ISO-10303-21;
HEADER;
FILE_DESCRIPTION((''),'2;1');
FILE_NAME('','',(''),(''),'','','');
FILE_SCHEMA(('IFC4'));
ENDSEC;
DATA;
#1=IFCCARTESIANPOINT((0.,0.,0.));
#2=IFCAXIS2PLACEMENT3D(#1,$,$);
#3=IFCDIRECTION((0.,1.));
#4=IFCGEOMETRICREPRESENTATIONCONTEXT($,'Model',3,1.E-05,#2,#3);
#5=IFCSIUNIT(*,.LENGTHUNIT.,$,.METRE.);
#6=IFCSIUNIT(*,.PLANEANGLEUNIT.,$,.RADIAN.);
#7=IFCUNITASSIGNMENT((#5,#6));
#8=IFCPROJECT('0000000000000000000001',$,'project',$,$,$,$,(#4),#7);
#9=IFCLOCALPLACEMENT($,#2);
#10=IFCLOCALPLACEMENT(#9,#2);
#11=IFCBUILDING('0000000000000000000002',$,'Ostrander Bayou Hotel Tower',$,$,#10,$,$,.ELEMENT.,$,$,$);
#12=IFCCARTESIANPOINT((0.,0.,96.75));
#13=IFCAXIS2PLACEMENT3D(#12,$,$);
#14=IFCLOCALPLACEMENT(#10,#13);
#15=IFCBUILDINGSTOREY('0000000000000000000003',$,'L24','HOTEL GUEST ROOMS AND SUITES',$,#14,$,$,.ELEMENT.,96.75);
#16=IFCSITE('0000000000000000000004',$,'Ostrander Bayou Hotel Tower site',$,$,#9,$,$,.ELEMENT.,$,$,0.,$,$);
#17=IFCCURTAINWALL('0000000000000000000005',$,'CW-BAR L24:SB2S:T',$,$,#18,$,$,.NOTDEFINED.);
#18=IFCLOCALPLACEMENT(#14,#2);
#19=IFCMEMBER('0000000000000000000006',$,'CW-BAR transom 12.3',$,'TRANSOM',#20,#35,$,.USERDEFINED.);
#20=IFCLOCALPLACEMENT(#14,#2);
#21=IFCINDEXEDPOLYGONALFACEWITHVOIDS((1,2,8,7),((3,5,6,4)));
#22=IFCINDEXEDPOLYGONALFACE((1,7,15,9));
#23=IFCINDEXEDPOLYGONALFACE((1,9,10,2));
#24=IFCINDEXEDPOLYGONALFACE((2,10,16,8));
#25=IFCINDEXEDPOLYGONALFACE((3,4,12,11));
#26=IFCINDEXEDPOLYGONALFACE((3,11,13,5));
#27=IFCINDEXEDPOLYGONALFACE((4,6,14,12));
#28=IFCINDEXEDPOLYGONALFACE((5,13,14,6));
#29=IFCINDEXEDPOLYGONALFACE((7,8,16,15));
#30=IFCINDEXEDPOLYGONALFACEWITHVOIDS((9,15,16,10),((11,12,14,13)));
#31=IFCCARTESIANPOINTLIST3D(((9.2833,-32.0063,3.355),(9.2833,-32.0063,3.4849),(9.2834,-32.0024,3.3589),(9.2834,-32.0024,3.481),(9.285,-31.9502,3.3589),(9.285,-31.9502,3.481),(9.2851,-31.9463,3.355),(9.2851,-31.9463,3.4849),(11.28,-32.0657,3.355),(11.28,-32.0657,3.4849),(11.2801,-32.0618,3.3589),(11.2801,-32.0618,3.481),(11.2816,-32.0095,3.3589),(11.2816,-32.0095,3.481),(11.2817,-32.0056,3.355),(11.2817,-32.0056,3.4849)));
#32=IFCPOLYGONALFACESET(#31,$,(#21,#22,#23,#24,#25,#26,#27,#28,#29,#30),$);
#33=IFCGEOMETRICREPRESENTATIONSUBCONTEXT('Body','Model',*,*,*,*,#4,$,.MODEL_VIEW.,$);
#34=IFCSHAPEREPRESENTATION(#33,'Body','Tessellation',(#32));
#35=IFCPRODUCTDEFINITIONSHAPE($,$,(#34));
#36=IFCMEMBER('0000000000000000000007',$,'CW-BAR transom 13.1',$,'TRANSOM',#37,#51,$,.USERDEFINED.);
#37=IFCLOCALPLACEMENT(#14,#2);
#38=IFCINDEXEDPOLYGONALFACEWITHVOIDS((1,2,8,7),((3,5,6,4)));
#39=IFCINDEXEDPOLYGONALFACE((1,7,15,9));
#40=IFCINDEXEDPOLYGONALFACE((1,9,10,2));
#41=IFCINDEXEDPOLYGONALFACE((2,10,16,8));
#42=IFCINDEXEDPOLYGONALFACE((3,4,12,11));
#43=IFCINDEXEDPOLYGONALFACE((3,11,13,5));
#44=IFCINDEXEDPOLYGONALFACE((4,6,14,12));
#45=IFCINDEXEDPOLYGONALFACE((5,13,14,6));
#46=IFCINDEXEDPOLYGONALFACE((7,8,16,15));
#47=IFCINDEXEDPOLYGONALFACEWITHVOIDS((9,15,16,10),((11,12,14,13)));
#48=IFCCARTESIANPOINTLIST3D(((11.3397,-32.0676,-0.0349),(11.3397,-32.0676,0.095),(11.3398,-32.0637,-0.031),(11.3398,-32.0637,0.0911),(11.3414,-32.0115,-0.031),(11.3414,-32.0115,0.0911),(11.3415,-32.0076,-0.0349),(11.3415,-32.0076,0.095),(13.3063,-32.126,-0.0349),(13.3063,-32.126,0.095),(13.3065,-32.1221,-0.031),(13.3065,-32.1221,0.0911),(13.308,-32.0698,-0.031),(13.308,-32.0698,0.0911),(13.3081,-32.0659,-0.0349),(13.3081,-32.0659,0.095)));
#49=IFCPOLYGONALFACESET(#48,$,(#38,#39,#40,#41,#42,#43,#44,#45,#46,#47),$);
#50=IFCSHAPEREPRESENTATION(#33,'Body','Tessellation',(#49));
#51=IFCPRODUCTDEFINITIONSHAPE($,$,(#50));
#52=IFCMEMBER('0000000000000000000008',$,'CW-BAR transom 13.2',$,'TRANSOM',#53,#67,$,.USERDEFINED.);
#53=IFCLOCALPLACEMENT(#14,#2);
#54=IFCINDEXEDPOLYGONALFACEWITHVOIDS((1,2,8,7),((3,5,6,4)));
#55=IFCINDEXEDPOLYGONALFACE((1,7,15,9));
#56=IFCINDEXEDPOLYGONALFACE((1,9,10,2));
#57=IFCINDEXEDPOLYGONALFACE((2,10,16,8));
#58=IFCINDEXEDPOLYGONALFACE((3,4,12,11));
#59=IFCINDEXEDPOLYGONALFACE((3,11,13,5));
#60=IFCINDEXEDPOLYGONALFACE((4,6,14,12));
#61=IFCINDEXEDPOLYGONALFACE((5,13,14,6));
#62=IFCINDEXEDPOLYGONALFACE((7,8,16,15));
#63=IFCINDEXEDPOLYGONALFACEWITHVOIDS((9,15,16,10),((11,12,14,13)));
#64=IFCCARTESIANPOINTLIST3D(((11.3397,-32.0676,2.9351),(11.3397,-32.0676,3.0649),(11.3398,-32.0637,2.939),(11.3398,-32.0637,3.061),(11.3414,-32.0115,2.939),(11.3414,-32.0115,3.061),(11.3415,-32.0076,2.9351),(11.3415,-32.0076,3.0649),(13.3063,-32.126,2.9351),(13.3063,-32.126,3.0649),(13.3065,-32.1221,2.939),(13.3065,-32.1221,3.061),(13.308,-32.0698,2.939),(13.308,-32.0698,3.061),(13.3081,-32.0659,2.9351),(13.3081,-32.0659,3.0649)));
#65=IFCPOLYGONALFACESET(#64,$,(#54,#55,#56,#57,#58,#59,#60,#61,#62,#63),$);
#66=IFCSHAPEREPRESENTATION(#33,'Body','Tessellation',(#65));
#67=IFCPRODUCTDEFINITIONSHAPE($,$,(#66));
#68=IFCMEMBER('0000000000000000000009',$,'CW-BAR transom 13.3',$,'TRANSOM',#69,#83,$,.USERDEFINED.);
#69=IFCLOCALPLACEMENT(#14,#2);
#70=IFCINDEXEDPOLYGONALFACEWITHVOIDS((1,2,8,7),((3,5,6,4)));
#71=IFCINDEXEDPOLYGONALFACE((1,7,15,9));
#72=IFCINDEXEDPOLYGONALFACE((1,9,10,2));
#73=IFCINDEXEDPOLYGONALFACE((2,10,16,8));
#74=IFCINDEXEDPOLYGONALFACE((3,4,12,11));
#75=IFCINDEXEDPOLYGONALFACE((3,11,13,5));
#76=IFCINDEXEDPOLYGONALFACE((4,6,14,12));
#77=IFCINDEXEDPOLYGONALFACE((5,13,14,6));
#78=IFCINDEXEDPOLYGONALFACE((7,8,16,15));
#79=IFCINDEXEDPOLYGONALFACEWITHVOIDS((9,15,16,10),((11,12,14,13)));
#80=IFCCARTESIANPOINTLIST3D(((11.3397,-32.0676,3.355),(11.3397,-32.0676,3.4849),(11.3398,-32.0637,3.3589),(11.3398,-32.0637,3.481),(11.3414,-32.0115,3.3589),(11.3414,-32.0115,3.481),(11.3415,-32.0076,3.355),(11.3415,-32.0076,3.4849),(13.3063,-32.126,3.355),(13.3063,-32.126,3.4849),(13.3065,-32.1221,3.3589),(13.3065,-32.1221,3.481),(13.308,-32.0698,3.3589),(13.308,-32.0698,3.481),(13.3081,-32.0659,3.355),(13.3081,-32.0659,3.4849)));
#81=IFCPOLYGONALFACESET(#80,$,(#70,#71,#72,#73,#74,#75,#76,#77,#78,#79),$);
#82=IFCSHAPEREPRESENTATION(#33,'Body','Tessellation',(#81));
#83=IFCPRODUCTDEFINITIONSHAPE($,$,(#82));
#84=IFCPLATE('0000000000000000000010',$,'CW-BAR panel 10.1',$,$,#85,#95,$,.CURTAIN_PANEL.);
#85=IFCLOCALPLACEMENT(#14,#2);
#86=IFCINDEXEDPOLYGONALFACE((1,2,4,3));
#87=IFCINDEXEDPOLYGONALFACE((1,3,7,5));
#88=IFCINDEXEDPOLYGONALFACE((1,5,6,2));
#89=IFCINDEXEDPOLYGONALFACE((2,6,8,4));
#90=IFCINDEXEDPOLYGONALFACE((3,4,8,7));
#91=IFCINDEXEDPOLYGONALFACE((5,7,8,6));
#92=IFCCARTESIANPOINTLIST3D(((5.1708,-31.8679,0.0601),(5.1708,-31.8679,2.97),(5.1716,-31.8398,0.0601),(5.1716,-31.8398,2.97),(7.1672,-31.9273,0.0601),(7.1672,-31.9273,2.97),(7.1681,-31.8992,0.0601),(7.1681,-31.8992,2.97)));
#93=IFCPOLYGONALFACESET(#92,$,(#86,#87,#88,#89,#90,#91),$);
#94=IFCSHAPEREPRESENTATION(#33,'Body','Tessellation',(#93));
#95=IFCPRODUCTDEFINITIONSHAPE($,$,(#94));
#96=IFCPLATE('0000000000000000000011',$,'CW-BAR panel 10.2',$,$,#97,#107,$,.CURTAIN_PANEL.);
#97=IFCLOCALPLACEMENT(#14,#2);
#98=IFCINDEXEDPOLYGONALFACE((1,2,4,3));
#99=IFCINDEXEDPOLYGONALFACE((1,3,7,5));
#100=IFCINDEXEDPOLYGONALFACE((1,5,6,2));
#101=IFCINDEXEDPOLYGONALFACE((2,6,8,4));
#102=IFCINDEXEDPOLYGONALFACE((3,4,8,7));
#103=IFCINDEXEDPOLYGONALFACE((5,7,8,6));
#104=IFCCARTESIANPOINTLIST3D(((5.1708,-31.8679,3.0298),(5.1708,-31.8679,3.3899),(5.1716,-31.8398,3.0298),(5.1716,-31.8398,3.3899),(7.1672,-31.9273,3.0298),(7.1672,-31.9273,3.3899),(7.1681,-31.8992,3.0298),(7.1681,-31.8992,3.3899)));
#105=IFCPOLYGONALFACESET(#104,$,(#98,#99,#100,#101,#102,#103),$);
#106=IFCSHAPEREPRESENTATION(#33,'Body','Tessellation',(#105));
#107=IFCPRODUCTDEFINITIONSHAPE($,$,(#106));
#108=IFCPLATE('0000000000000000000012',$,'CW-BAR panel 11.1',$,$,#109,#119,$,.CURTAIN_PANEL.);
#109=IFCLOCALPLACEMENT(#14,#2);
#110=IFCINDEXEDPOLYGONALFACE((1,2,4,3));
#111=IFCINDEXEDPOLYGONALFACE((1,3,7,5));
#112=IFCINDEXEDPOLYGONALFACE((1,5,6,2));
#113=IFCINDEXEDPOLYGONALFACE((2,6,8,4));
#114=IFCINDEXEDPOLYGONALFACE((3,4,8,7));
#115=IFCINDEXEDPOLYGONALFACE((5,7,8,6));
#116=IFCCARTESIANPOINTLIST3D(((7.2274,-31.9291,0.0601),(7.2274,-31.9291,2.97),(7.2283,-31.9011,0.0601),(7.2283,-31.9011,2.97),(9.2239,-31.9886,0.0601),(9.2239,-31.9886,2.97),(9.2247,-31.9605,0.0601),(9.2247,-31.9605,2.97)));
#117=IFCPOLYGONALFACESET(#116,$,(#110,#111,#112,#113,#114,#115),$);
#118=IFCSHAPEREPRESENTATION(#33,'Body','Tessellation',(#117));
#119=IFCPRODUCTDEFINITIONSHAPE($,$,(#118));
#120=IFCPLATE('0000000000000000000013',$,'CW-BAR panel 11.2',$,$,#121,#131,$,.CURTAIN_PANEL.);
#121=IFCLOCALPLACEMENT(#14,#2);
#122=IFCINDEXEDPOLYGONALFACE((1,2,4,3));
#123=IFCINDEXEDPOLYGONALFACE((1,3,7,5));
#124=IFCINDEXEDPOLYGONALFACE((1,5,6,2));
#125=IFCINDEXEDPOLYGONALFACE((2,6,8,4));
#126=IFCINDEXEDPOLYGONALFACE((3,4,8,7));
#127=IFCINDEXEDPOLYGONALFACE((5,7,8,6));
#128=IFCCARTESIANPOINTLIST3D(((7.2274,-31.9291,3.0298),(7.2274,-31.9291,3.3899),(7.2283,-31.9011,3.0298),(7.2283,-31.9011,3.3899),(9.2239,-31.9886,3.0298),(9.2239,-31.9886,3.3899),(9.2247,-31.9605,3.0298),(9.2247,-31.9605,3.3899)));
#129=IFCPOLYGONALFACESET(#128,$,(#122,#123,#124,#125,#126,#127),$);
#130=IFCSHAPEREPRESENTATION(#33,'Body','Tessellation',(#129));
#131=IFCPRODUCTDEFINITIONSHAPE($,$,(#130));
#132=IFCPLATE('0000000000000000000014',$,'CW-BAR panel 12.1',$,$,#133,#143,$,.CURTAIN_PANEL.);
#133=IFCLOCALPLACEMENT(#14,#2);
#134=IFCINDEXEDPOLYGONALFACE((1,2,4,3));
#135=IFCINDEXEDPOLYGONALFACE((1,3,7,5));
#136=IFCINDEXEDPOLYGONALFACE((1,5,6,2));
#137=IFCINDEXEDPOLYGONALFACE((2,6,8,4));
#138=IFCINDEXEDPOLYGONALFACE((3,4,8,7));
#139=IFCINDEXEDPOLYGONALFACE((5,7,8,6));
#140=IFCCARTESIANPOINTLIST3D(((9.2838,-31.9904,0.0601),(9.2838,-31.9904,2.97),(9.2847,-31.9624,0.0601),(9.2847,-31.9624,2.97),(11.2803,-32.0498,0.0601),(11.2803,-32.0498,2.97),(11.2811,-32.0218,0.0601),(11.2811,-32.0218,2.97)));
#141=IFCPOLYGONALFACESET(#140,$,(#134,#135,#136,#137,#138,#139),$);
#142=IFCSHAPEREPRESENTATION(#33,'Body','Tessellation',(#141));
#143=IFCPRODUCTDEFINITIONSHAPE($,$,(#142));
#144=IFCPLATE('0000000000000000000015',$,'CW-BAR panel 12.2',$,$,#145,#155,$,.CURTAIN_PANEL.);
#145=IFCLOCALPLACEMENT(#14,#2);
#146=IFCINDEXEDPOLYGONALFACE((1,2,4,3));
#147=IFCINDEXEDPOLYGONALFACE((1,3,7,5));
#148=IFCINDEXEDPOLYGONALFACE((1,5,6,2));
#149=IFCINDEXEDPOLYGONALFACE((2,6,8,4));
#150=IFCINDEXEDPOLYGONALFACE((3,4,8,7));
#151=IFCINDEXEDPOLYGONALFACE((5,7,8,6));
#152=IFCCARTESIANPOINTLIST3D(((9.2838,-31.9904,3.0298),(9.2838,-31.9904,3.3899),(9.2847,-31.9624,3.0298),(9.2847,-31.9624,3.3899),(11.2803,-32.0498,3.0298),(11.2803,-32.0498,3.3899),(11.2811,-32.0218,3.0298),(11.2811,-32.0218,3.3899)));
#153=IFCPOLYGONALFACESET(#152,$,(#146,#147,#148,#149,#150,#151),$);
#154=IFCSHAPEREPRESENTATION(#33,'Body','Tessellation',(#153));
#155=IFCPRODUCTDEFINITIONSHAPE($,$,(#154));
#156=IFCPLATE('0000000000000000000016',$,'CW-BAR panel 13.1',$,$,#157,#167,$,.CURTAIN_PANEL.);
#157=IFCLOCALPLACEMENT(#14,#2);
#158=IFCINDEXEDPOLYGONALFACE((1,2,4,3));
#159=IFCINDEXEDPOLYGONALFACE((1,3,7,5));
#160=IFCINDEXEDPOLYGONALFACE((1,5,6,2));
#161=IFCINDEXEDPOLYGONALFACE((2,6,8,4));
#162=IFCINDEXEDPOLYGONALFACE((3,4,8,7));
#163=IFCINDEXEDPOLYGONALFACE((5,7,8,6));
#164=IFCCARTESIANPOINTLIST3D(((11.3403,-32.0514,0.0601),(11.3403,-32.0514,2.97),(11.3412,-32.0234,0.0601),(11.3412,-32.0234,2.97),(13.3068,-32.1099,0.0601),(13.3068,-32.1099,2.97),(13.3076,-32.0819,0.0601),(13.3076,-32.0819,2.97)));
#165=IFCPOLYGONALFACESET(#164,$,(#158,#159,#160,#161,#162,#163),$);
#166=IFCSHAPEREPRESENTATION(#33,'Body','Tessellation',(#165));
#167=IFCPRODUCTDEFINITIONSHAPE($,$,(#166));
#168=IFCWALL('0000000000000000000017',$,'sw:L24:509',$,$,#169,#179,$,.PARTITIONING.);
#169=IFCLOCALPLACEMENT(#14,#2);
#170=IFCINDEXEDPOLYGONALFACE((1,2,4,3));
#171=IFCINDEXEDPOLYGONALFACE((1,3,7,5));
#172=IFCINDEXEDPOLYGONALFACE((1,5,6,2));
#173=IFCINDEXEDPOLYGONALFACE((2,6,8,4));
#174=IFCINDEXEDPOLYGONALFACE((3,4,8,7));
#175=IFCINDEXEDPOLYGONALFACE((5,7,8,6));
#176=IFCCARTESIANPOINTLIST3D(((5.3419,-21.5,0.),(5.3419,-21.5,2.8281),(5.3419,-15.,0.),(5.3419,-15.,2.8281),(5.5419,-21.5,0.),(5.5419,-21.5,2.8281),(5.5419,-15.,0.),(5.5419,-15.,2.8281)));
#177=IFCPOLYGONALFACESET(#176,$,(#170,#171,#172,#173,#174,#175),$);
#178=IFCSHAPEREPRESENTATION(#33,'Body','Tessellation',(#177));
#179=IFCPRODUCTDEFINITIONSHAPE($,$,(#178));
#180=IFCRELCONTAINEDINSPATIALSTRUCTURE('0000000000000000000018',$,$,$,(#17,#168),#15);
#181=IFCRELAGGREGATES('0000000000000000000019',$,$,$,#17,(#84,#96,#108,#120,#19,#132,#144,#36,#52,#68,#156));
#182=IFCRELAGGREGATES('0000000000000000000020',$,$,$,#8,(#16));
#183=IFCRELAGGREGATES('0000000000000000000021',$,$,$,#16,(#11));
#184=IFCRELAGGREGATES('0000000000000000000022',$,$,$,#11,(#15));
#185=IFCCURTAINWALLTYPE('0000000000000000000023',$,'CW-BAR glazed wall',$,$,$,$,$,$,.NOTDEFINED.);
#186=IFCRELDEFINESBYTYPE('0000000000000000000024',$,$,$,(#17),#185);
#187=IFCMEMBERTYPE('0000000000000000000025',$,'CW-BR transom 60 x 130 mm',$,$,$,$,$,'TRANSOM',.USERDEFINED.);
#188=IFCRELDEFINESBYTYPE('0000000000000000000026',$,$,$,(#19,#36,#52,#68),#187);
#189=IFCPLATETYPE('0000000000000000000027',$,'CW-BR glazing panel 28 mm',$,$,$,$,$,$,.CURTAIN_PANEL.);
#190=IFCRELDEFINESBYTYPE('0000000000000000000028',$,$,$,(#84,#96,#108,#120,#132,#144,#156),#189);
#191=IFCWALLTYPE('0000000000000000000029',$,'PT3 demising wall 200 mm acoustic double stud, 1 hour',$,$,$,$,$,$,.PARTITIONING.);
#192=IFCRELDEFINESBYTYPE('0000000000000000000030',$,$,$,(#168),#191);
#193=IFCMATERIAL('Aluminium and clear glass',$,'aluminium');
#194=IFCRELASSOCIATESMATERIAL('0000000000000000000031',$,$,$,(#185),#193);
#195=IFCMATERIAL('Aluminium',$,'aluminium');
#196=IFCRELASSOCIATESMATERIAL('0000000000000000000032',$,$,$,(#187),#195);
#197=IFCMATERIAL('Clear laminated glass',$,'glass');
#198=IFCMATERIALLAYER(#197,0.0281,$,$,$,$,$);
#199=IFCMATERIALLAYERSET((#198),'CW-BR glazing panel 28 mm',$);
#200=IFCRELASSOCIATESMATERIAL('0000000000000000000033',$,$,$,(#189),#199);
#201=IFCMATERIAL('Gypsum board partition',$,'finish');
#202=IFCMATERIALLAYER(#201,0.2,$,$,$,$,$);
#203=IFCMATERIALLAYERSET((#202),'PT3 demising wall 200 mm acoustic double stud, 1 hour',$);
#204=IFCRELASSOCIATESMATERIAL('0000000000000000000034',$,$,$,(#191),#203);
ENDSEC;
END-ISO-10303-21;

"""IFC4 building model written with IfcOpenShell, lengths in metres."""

from ifc_helpers import new_model, si_unit, direction, frame, frame_2d, origin, origin_2d, place, context, subcontext, project, spatial, rectangle, hollow_rectangle, extrude, material, layer, layer_set, material_profile, profile_set, type_object, element, aggregate, save


model = new_model("IFC4")

# Units and contexts
model_context = context("Model", 3, precision=1e-05, world=origin(), true_north=direction((0.0, 1.0)))
body_context = subcontext(model_context, "Body", "Model", "MODEL_VIEW")
ifc_project = project(units=[si_unit("LENGTHUNIT", "METRE"), si_unit("PLANEANGLEUNIT", "RADIAN")], contexts=[model_context])

# Site, building, storey
site_placement = place(None, origin())
site = spatial("IfcSite", under=ifc_project, at=site_placement, Name="Ostrander Bayou Hotel Tower site", CompositionType="ELEMENT", RefElevation=0.0)
building_placement = place(site_placement, origin())
building = spatial("IfcBuilding", under=site, at=building_placement, Name="Ostrander Bayou Hotel Tower", CompositionType="ELEMENT")
storey_placement = place(building_placement, frame((0.0, 0.0, 96.75)))
storey = spatial("IfcBuildingStorey", under=building, at=storey_placement, Name="L24", Description="HOTEL GUEST ROOMS AND SUITES", CompositionType="ELEMENT", Elevation=96.75)

# Curtain wall, members, plates
ifc_material_1 = material(Name="Aluminium and clear glass", Category="aluminium")
curtain_wall_type = type_object("IfcCurtainWallType", Name="CW-BAR glazed wall", PredefinedType="NOTDEFINED", material=ifc_material_1)
curtain_wall_placement = place(storey_placement, origin())
curtain_wall = element("IfcCurtainWall", 1, at=curtain_wall_placement, inside=storey, type_object=curtain_wall_type, Name="CW-BAR L24:SB2S:T", PredefinedType="NOTDEFINED")
ifc_material_2 = material(Name="Aluminium", Category="aluminium")
ifc_material_profile_1 = material_profile(ifc_material_2, hollow_rectangle(XDim=0.0601, YDim=0.1299, WallThickness=0.0039, at=origin_2d()))
ifc_profile_set_1 = profile_set([ifc_material_profile_1], Name="Aluminium")
member_type_1 = type_object("IfcMemberType", Name="CW-BR transom 60 x 130 mm", ElementType="TRANSOM", PredefinedType="USERDEFINED", material=ifc_profile_set_1)
member_1_placement = place(storey_placement, frame((9.2842, -31.9763, 3.4199), z_axis=(0.999559, -0.029701, 0.0), x_axis=(0.029701, 0.999559, 0.0)))
member_1 = element("IfcMember", 2, at=member_1_placement, type_object=member_type_1, Name="CW-BAR transom 12.3", ObjectType="TRANSOM", PredefinedType="USERDEFINED", context=body_context, shape_type="SweptSolid", body=[
    extrude(hollow_rectangle(XDim=0.0601, YDim=0.1299, WallThickness=0.0039, at=origin_2d()), origin(), (0.0, 0.0, 1.0), 1.9976),
])
member_2_placement = place(storey_placement, frame((11.3406, -32.0376, 0.03), z_axis=(0.99956, -0.029658, 0.0), x_axis=(0.029658, 0.99956, 0.0)))
member_2 = element("IfcMember", 3, at=member_2_placement, type_object=member_type_1, Name="CW-BAR transom 13.1", ObjectType="TRANSOM", PredefinedType="USERDEFINED", context=body_context, shape_type="SweptSolid", body=[
    extrude(hollow_rectangle(XDim=0.0601, YDim=0.1299, WallThickness=0.0039, at=origin_2d()), origin(), (0.0, 0.0, 1.0), 1.9675),
])
member_3_placement = place(storey_placement, frame((11.3406, -32.0376, 3.0), z_axis=(0.99956, -0.029658, 0.0), x_axis=(0.029658, 0.99956, 0.0)))
member_3 = element("IfcMember", 4, at=member_3_placement, type_object=member_type_1, Name="CW-BAR transom 13.2", ObjectType="TRANSOM", PredefinedType="USERDEFINED", context=body_context, shape_type="SweptSolid", body=[
    extrude(hollow_rectangle(XDim=0.0601, YDim=0.1299, WallThickness=0.0039, at=origin_2d()), origin(), (0.0, 0.0, 1.0), 1.9675),
])
member_4_placement = place(storey_placement, frame((11.3406, -32.0376, 3.4199), z_axis=(0.99956, -0.029658, 0.0), x_axis=(0.029658, 0.99956, 0.0)))
member_4 = element("IfcMember", 5, at=member_4_placement, type_object=member_type_1, Name="CW-BAR transom 13.3", ObjectType="TRANSOM", PredefinedType="USERDEFINED", context=body_context, shape_type="SweptSolid", body=[
    extrude(hollow_rectangle(XDim=0.0601, YDim=0.1299, WallThickness=0.0039, at=origin_2d()), origin(), (0.0, 0.0, 1.0), 1.9675),
])
ifc_material_3 = material(Name="Clear laminated glass", Category="glass")
ifc_layer_1 = layer(ifc_material_3, 0.0281)
ifc_layer_set_1 = layer_set([ifc_layer_1], Name="CW-BR glazing panel 28 mm")
plate_type = type_object("IfcPlateType", Name="CW-BR glazing panel 28 mm", PredefinedType="CURTAIN_PANEL", material=ifc_layer_set_1)
plate_1_placement = place(storey_placement, frame((6.1694, -31.8835, 0.0601), z_axis=(0.0, 0.0, 1.0), x_axis=(0.999557, -0.029746, 0.0)))
plate_1 = element("IfcPlate", 6, at=plate_1_placement, type_object=plate_type, Name="CW-BAR panel 10.1", PredefinedType="CURTAIN_PANEL", context=body_context, shape_type="SweptSolid", body=[
    extrude(rectangle(XDim=1.9973, YDim=0.0281, at=origin_2d()), origin(), (0.0, 0.0, 1.0), 2.9099),
])
plate_2_placement = place(storey_placement, frame((6.1694, -31.8835, 3.0298), z_axis=(0.0, 0.0, 1.0), x_axis=(0.999557, -0.029746, 0.0)))
plate_2 = element("IfcPlate", 7, at=plate_2_placement, type_object=plate_type, Name="CW-BAR panel 10.2", PredefinedType="CURTAIN_PANEL", context=body_context, shape_type="SweptSolid", body=[
    extrude(rectangle(XDim=1.9973, YDim=0.0281, at=origin_2d()), origin(), (0.0, 0.0, 1.0), 0.3601),
])
plate_3_placement = place(storey_placement, frame((8.2261, -31.9448, 0.0601), z_axis=(0.0, 0.0, 1.0), x_axis=(0.999557, -0.029746, 0.0)))
plate_3 = element("IfcPlate", 8, at=plate_3_placement, type_object=plate_type, Name="CW-BAR panel 11.1", PredefinedType="CURTAIN_PANEL", context=body_context, shape_type="SweptSolid", body=[
    extrude(rectangle(XDim=1.9973, YDim=0.0281, at=origin_2d()), origin(), (0.0, 0.0, 1.0), 2.9099),
])
plate_4_placement = place(storey_placement, frame((8.2261, -31.9448, 3.0298), z_axis=(0.0, 0.0, 1.0), x_axis=(0.999557, -0.029746, 0.0)))
plate_4 = element("IfcPlate", 9, at=plate_4_placement, type_object=plate_type, Name="CW-BAR panel 11.2", PredefinedType="CURTAIN_PANEL", context=body_context, shape_type="SweptSolid", body=[
    extrude(rectangle(XDim=1.9973, YDim=0.0281, at=origin_2d()), origin(), (0.0, 0.0, 1.0), 0.3601),
])
plate_5_placement = place(storey_placement, frame((10.2825, -32.0061, 0.0601), z_axis=(0.0, 0.0, 1.0), x_axis=(0.999557, -0.029746, 0.0)))
plate_5 = element("IfcPlate", 10, at=plate_5_placement, type_object=plate_type, Name="CW-BAR panel 12.1", PredefinedType="CURTAIN_PANEL", context=body_context, shape_type="SweptSolid", body=[
    extrude(rectangle(XDim=1.9973, YDim=0.0281, at=origin_2d()), origin(), (0.0, 0.0, 1.0), 2.9099),
])
plate_6_placement = place(storey_placement, frame((10.2825, -32.0061, 3.0298), z_axis=(0.0, 0.0, 1.0), x_axis=(0.999557, -0.029746, 0.0)))
plate_6 = element("IfcPlate", 11, at=plate_6_placement, type_object=plate_type, Name="CW-BAR panel 12.2", PredefinedType="CURTAIN_PANEL", context=body_context, shape_type="SweptSolid", body=[
    extrude(rectangle(XDim=1.9973, YDim=0.0281, at=origin_2d()), origin(), (0.0, 0.0, 1.0), 0.3601),
])
plate_7_placement = place(storey_placement, frame((12.324, -32.0667, 0.0601), z_axis=(0.0, 0.0, 1.0), x_axis=(0.999557, -0.029746, 0.0)))
plate_7 = element("IfcPlate", 12, at=plate_7_placement, type_object=plate_type, Name="CW-BAR panel 13.1", PredefinedType="CURTAIN_PANEL", context=body_context, shape_type="SweptSolid", body=[
    extrude(rectangle(XDim=1.9673, YDim=0.0281, at=origin_2d()), origin(), (0.0, 0.0, 1.0), 2.9099),
])
aggregate(curtain_wall, [plate_1, plate_2, plate_3, plate_4, member_1, plate_5, plate_6, member_2, member_3, member_4, plate_7])

# Wall
ifc_material_4 = material(Name="Gypsum board partition", Category="finish")
ifc_layer_2 = layer(ifc_material_4, 0.2)
ifc_layer_set_2 = layer_set([ifc_layer_2], Name="PT3 demising wall 200 mm acoustic double stud, 1 hour")
wall_type = type_object("IfcWallType", Name="PT3 demising wall 200 mm acoustic double stud, 1 hour", PredefinedType="PARTITIONING", material=ifc_layer_set_2)
wall_placement = place(storey_placement, frame((5.4419, -21.5, 0.0), z_axis=(0.0, 0.0, 1.0), x_axis=(0.0, 1.0, 0.0)))
element("IfcWall", 13, at=wall_placement, inside=storey, type_object=wall_type, Name="sw:L24:509", PredefinedType="PARTITIONING", context=body_context, shape_type="SweptSolid", body=[
    extrude(rectangle(XDim=6.5, YDim=0.2, at=frame_2d((3.25, 0.0))), origin(), (0.0, 0.0, 1.0), 2.8281),
])

save(model, "model.ifc")
